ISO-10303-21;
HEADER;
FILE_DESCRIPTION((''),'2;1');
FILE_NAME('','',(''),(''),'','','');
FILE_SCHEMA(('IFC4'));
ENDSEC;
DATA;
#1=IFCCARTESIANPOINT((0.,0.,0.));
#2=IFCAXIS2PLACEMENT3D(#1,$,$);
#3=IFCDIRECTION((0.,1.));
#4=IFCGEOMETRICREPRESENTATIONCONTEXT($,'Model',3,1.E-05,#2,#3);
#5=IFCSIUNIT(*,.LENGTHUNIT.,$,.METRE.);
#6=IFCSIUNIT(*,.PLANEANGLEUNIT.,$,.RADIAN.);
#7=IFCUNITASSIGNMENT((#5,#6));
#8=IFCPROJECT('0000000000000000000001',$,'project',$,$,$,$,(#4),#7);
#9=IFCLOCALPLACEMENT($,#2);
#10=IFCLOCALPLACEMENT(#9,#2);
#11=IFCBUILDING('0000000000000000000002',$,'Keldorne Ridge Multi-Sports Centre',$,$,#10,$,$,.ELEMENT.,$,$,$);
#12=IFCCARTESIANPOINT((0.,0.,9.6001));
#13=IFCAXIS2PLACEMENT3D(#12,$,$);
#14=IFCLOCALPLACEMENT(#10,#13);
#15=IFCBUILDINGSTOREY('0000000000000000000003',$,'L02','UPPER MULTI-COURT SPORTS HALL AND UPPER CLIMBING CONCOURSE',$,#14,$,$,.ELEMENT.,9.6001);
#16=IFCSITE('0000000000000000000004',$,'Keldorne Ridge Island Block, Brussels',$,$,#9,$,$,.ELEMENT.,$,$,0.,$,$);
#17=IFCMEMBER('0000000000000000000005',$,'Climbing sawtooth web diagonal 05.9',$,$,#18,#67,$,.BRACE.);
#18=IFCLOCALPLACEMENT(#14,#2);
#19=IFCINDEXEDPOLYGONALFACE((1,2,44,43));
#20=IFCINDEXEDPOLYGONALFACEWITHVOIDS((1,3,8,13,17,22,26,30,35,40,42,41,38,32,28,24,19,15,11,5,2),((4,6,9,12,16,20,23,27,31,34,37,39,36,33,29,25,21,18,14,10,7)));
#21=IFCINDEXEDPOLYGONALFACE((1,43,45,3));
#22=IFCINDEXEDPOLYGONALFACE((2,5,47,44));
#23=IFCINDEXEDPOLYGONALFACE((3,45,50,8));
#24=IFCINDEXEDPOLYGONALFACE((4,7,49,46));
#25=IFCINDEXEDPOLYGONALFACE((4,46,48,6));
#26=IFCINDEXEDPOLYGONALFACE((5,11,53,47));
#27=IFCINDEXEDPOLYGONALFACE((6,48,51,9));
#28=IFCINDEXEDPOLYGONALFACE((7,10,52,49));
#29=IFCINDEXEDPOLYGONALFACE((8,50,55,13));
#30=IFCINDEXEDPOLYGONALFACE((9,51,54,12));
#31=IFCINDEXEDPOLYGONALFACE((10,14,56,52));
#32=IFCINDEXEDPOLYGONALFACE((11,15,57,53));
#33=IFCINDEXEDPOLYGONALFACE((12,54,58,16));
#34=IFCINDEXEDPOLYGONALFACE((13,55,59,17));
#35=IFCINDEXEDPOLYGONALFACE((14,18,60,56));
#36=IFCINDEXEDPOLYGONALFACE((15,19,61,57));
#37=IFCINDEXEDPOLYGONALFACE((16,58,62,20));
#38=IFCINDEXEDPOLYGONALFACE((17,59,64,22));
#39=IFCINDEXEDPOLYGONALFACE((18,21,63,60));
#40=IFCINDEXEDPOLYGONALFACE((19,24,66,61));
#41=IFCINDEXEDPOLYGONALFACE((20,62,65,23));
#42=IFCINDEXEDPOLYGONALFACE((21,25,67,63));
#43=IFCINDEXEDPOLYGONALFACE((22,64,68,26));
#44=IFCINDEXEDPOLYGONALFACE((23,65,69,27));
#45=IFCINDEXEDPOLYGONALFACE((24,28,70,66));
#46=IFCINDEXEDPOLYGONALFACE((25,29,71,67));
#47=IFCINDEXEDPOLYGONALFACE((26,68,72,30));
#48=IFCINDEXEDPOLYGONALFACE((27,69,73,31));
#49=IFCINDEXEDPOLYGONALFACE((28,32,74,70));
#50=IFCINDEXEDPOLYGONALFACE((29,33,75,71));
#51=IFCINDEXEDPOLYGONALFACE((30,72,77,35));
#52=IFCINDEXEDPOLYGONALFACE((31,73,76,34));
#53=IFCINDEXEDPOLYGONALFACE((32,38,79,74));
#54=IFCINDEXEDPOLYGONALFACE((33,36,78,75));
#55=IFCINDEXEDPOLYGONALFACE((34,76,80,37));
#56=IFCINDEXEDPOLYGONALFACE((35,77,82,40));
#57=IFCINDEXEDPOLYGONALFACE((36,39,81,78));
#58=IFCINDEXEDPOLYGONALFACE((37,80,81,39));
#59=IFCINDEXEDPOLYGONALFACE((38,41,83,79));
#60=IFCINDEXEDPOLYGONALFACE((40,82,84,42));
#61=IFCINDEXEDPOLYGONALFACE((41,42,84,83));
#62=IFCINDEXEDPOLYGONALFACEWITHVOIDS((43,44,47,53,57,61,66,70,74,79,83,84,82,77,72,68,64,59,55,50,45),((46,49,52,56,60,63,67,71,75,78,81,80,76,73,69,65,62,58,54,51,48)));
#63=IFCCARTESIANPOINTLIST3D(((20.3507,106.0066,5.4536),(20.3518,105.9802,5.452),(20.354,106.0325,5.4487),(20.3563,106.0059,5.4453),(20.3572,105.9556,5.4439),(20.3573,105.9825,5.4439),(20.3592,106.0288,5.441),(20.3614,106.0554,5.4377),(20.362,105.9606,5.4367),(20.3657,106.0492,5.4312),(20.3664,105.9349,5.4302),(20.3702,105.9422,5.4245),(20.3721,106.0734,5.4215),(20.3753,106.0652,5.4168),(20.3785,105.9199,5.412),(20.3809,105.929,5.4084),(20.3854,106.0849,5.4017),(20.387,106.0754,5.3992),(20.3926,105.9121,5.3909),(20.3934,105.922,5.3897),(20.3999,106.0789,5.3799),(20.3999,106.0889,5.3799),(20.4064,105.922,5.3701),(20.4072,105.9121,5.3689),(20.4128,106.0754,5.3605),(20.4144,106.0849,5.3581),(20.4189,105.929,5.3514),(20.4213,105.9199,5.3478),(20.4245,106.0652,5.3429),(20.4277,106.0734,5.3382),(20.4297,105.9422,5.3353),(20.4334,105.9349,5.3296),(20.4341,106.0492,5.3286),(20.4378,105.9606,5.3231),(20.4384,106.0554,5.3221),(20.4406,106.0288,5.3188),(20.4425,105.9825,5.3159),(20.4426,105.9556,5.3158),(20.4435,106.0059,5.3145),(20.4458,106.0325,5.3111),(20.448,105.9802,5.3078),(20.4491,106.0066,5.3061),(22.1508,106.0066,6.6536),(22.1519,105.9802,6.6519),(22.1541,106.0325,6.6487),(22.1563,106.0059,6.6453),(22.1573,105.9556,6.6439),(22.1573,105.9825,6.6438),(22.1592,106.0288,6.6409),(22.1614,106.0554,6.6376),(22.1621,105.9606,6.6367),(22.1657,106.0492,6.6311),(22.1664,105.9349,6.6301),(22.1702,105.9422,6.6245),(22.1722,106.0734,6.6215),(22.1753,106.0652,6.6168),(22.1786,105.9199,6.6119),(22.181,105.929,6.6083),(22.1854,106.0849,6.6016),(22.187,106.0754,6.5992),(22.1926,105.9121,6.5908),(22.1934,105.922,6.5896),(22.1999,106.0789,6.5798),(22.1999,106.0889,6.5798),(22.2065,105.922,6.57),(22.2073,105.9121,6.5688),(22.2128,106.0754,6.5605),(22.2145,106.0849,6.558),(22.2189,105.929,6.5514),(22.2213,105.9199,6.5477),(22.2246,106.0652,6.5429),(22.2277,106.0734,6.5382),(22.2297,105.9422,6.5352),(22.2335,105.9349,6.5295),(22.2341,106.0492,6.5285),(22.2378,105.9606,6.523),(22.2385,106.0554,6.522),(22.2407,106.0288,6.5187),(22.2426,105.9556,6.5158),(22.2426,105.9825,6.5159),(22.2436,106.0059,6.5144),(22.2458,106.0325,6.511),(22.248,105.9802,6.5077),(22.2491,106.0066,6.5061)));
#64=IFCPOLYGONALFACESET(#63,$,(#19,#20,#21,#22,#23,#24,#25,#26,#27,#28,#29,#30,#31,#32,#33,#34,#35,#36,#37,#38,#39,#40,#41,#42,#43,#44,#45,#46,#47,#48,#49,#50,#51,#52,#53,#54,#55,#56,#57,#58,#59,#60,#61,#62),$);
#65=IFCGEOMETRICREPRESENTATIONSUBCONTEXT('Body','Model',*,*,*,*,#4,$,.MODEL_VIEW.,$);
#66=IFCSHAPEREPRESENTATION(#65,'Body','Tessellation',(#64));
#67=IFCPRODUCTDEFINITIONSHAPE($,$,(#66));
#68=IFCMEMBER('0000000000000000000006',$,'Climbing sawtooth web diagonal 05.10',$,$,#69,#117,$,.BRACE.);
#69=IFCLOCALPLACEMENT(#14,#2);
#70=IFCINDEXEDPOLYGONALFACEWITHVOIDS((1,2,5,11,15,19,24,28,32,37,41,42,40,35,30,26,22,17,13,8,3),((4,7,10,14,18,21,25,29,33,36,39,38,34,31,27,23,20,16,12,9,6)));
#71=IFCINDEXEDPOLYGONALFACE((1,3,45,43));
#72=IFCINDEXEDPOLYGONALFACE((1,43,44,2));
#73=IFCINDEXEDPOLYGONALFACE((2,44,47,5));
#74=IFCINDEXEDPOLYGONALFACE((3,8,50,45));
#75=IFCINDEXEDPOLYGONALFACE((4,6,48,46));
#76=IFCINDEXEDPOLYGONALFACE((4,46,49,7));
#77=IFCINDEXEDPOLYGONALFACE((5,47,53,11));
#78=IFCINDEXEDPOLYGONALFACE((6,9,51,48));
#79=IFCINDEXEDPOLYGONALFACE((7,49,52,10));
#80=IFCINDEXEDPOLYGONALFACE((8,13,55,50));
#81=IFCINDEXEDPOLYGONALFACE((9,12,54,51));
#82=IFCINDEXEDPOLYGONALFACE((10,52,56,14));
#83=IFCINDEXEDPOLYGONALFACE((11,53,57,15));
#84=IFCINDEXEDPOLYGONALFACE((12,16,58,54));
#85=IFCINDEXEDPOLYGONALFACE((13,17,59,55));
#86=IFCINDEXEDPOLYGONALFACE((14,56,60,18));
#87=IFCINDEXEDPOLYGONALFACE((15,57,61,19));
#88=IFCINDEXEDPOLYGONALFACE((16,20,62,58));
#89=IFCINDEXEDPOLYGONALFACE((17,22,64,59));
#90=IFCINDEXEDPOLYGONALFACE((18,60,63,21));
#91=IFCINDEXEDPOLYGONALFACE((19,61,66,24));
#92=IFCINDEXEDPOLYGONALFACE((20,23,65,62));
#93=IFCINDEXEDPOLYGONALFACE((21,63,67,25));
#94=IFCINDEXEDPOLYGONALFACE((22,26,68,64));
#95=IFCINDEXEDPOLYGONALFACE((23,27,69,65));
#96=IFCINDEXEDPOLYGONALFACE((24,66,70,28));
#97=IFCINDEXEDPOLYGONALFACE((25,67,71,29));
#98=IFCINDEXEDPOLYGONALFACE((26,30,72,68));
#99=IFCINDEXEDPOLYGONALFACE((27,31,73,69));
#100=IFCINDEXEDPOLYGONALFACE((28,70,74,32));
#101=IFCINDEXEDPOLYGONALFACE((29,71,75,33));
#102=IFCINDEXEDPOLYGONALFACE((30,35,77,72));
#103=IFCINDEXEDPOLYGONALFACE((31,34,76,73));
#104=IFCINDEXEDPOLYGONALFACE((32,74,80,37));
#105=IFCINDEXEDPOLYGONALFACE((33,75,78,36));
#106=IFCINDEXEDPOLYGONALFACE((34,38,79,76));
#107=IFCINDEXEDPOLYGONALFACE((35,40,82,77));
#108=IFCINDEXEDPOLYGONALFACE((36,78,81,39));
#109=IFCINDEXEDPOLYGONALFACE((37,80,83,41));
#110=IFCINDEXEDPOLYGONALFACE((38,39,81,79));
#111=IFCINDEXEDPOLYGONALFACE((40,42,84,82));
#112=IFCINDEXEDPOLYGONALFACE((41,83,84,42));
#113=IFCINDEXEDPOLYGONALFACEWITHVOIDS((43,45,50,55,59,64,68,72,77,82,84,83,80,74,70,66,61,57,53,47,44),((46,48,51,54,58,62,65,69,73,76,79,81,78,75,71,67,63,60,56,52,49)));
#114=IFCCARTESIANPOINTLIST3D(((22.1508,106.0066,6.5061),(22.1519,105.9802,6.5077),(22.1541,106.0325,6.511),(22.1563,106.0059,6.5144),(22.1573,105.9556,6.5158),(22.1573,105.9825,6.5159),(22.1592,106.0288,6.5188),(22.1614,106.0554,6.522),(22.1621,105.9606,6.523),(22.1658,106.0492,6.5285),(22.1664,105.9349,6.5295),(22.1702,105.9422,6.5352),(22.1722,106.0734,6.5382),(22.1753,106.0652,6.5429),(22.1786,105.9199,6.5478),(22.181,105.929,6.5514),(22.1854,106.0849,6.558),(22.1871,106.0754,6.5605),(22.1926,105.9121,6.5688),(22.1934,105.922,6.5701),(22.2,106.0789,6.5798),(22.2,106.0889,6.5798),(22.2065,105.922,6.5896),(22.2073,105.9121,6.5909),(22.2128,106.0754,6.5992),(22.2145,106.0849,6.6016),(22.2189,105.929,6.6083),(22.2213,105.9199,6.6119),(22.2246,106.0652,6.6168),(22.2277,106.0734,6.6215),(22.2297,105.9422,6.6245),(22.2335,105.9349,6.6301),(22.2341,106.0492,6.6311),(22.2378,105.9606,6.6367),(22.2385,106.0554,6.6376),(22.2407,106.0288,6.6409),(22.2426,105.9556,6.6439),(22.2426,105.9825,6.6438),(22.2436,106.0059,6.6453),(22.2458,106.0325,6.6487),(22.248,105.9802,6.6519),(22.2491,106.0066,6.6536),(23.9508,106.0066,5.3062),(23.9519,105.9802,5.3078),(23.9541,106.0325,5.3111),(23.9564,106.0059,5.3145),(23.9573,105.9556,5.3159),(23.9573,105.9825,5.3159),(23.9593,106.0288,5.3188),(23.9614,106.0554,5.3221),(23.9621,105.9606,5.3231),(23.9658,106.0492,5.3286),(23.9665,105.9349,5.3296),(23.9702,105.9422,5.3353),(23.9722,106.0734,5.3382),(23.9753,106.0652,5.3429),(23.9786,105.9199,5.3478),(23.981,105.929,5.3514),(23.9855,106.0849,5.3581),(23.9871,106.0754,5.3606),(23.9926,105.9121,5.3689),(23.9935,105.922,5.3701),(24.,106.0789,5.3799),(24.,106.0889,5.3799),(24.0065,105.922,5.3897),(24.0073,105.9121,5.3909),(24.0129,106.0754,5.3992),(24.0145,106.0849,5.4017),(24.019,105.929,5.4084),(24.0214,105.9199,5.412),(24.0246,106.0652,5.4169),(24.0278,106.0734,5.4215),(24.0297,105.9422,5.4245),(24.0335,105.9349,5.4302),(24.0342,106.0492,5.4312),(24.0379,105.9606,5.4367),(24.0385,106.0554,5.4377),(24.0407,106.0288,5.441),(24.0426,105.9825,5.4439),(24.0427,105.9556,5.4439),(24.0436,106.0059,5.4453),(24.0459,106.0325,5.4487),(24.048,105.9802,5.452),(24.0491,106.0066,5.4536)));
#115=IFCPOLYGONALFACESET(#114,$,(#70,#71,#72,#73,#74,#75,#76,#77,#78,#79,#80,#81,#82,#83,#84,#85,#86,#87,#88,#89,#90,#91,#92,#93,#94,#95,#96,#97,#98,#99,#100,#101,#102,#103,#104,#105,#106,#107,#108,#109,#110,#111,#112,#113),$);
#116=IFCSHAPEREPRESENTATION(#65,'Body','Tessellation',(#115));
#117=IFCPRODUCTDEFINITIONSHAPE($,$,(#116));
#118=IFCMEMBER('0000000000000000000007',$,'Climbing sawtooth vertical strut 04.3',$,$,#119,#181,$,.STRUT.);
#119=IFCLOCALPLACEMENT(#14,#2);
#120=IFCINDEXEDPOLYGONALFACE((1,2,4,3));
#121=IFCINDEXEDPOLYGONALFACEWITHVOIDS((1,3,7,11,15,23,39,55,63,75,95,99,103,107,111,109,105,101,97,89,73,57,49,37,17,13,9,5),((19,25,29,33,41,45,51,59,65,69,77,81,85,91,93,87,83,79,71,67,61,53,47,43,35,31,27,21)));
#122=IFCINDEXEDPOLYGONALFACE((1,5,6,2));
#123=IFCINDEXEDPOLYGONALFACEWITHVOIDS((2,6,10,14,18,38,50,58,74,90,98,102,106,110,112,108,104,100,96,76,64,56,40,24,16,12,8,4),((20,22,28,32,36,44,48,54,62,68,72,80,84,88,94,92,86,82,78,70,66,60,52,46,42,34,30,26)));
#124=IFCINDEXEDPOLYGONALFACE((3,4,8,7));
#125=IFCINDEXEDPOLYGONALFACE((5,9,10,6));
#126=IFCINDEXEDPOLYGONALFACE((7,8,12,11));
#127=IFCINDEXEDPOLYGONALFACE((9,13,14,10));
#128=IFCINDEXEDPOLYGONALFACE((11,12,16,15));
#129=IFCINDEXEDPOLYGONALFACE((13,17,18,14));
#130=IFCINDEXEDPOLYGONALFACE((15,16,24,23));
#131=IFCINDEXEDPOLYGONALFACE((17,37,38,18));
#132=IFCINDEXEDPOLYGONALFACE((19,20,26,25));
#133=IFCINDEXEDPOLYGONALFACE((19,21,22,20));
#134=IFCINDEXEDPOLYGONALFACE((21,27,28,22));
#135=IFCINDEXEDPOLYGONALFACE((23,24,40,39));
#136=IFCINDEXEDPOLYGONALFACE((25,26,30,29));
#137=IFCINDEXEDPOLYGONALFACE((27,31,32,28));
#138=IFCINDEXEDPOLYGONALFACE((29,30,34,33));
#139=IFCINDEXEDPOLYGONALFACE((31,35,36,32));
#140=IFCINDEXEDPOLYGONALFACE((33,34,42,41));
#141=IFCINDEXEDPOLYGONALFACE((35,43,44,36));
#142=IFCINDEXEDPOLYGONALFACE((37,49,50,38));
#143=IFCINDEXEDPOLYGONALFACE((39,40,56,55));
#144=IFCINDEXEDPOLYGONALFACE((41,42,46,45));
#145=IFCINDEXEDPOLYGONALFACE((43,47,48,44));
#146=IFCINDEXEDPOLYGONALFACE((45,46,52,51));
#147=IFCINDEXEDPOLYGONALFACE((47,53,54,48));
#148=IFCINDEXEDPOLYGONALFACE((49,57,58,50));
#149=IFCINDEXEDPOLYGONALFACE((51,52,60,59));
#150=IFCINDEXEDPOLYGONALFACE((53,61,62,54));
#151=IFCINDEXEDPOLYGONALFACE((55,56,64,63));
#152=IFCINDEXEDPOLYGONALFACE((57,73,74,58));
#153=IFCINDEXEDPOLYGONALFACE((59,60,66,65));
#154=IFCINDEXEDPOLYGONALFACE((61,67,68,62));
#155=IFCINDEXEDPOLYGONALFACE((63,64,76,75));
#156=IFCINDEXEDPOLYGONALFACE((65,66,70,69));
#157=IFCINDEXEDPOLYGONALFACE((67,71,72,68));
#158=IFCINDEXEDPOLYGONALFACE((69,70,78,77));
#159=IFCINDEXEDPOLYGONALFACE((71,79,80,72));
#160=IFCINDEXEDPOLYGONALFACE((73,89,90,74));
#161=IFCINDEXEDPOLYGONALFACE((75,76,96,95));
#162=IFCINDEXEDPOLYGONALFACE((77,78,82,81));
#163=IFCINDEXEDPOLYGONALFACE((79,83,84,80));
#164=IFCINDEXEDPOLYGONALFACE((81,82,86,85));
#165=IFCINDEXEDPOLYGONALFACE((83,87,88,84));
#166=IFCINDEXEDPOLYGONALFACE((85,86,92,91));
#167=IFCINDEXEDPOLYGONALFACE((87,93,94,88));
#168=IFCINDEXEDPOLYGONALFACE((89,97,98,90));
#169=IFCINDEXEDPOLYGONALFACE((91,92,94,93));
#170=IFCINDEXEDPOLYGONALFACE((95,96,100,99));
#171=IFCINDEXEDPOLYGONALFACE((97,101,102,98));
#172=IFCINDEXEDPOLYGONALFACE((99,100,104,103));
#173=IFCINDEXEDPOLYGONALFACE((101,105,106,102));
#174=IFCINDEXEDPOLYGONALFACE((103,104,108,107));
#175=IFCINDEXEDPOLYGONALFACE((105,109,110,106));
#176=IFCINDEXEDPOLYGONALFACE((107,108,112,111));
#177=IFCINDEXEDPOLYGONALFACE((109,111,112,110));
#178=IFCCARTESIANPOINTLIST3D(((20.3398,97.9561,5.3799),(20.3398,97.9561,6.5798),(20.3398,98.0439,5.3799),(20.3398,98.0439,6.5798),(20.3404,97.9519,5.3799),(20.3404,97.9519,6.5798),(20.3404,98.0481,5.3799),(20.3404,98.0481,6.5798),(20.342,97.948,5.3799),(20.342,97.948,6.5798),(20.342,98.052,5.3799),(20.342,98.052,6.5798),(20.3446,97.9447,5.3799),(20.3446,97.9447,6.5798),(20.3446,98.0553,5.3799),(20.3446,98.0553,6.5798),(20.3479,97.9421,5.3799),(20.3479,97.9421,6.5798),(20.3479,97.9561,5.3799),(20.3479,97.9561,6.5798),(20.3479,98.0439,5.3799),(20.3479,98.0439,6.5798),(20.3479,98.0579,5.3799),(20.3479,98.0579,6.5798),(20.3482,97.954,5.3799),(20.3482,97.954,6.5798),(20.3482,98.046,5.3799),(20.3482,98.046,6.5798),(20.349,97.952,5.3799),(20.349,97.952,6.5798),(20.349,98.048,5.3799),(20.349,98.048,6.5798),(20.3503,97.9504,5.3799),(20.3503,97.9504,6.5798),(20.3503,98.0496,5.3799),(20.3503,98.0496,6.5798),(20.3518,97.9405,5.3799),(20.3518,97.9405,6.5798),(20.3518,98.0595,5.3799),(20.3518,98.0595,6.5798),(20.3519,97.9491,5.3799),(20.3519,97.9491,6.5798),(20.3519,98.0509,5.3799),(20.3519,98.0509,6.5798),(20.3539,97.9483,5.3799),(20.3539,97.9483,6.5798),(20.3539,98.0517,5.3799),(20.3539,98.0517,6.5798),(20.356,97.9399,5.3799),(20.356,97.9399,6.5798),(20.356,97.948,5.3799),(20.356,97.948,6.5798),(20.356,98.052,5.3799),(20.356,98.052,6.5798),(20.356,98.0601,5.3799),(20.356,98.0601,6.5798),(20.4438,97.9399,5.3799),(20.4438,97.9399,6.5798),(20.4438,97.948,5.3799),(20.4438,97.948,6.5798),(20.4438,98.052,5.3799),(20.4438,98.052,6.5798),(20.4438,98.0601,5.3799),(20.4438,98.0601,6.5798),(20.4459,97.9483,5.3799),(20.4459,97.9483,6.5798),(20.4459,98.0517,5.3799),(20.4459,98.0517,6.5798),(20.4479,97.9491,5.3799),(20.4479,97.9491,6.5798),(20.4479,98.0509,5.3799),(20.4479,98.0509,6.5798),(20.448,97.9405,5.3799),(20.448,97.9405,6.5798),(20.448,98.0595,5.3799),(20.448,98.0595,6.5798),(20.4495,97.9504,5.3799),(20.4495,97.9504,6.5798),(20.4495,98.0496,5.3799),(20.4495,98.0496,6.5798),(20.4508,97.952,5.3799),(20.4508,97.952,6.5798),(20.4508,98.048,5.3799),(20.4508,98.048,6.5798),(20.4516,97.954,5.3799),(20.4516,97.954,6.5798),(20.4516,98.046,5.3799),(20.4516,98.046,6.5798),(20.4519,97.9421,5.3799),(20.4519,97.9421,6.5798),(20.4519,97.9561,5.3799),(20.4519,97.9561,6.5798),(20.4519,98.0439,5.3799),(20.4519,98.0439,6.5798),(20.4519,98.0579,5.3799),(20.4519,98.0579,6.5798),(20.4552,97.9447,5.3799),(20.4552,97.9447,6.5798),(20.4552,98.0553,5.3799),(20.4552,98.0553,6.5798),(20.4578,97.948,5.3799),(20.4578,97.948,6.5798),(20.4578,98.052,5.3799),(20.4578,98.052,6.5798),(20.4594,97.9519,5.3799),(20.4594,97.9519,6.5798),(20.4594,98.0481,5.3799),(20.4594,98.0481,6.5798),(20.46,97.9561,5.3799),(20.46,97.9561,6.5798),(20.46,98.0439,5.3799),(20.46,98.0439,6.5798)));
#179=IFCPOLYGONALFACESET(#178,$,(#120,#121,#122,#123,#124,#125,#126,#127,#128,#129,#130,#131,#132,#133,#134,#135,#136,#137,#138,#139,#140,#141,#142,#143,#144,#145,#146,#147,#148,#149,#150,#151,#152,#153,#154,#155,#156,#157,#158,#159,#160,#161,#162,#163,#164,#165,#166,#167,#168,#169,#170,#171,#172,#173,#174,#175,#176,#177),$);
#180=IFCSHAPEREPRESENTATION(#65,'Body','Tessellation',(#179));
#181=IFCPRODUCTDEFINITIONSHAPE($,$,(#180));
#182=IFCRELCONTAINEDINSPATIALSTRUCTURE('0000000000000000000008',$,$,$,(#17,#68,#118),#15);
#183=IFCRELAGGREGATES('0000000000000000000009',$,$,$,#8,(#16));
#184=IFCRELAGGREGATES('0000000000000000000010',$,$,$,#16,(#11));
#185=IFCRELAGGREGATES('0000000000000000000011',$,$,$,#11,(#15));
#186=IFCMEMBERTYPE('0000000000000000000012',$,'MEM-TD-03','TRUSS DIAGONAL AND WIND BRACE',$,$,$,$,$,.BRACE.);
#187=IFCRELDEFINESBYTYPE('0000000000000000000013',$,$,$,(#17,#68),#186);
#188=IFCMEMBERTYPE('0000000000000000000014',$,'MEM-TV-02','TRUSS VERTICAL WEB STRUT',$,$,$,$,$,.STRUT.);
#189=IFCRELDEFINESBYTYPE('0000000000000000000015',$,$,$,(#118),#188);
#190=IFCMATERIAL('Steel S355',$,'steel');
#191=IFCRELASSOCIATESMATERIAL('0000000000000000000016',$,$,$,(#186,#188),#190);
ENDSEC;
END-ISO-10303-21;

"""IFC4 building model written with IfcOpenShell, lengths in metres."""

from ifc_helpers import new_model, si_unit, direction, frame, origin, origin_2d, place, context, subcontext, project, spatial, hollow_rectangle, hollow_circle, extrude, material, material_profile, profile_set, type_object, element, save


model = new_model("IFC4")

# Units and contexts
model_context = context("Model", 3, precision=1e-05, world=origin(), true_north=direction((0.0, 1.0)))
body_context = subcontext(model_context, "Body", "Model", "MODEL_VIEW")
ifc_project = project(units=[si_unit("LENGTHUNIT", "METRE"), si_unit("PLANEANGLEUNIT", "RADIAN")], contexts=[model_context])

# Site, building, storey
site_placement = place(None, origin())
site = spatial("IfcSite", under=ifc_project, at=site_placement, Name="Keldorne Ridge Island Block, Brussels", CompositionType="ELEMENT", RefElevation=0.0)
building_placement = place(site_placement, origin())
building = spatial("IfcBuilding", under=site, at=building_placement, Name="Keldorne Ridge Multi-Sports Centre", CompositionType="ELEMENT")
storey_placement = place(building_placement, frame((0.0, 0.0, 9.6001)))
storey = spatial("IfcBuildingStorey", under=building, at=storey_placement, Name="L02", Description="UPPER MULTI-COURT SPORTS HALL AND UPPER CLIMBING CONCOURSE", CompositionType="ELEMENT", Elevation=9.6001)

# Shared definitions
ifc_material = material(Name="Steel S355", Category="steel")

# Members
ifc_material_profile_1 = material_profile(ifc_material, hollow_circle(Radius=0.0889, WallThickness=0.01, at=origin_2d()), Name="CHS 177.8x10")
ifc_profile_set_1 = profile_set([ifc_material_profile_1], Name="Steel S355")
member_type_1 = type_object("IfcMemberType", Name="MEM-TD-03", Description="TRUSS DIAGONAL AND WIND BRACE", PredefinedType="BRACE", material=ifc_profile_set_1)
for number, where, z_axis, x_axis, name in (
    (1, (20.3999, 106.0, 5.3799), (0.832068, 0.0, 0.554674), (0.0, 1.0, 0.0), "Climbing sawtooth web diagonal 05.9"),
    (2, (22.2, 106.0, 6.5798), (0.832068, 0.0, -0.554674), (0.0, 1.0, 0.0), "Climbing sawtooth web diagonal 05.10"),
):
    element("IfcMember", number, at=place(storey_placement, frame(where, z_axis=z_axis, x_axis=x_axis)), inside=storey, type_object=member_type_1, Name=name, PredefinedType="BRACE", context=body_context, shape_type="SweptSolid", body=[
        extrude(hollow_circle(Radius=0.0889, WallThickness=0.01, at=origin_2d()), origin(), (0.0, 0.0, 1.0), 2.1633),
    ])
ifc_material_profile_2 = material_profile(ifc_material, hollow_rectangle(XDim=0.1201, YDim=0.1201, WallThickness=0.0081, InnerFilletRadius=0.0081, OuterFilletRadius=0.0161, at=origin_2d()), Name="SHS 120x120x8")
ifc_profile_set_2 = profile_set([ifc_material_profile_2], Name="Steel S355")
member_type_2 = type_object("IfcMemberType", Name="MEM-TV-02", Description="TRUSS VERTICAL WEB STRUT", PredefinedType="STRUT", material=ifc_profile_set_2)
for number, where, z_axis, x_axis, name in (
    (3, (20.3999, 98.0, 5.3799), (0.0, 0.0, 1.0), (1.0, 0.0, 0.0), "Climbing sawtooth vertical strut 04.3"),
):
    element("IfcMember", number, at=place(storey_placement, frame(where, z_axis=z_axis, x_axis=x_axis)), inside=storey, type_object=member_type_2, Name=name, PredefinedType="STRUT", context=body_context, shape_type="SweptSolid", body=[
        extrude(hollow_rectangle(XDim=0.1201, YDim=0.1201, WallThickness=0.0081, InnerFilletRadius=0.0081, OuterFilletRadius=0.0161, at=origin_2d()), origin(), (0.0, 0.0, 1.0), 1.2),
    ])

save(model, "model.ifc")
